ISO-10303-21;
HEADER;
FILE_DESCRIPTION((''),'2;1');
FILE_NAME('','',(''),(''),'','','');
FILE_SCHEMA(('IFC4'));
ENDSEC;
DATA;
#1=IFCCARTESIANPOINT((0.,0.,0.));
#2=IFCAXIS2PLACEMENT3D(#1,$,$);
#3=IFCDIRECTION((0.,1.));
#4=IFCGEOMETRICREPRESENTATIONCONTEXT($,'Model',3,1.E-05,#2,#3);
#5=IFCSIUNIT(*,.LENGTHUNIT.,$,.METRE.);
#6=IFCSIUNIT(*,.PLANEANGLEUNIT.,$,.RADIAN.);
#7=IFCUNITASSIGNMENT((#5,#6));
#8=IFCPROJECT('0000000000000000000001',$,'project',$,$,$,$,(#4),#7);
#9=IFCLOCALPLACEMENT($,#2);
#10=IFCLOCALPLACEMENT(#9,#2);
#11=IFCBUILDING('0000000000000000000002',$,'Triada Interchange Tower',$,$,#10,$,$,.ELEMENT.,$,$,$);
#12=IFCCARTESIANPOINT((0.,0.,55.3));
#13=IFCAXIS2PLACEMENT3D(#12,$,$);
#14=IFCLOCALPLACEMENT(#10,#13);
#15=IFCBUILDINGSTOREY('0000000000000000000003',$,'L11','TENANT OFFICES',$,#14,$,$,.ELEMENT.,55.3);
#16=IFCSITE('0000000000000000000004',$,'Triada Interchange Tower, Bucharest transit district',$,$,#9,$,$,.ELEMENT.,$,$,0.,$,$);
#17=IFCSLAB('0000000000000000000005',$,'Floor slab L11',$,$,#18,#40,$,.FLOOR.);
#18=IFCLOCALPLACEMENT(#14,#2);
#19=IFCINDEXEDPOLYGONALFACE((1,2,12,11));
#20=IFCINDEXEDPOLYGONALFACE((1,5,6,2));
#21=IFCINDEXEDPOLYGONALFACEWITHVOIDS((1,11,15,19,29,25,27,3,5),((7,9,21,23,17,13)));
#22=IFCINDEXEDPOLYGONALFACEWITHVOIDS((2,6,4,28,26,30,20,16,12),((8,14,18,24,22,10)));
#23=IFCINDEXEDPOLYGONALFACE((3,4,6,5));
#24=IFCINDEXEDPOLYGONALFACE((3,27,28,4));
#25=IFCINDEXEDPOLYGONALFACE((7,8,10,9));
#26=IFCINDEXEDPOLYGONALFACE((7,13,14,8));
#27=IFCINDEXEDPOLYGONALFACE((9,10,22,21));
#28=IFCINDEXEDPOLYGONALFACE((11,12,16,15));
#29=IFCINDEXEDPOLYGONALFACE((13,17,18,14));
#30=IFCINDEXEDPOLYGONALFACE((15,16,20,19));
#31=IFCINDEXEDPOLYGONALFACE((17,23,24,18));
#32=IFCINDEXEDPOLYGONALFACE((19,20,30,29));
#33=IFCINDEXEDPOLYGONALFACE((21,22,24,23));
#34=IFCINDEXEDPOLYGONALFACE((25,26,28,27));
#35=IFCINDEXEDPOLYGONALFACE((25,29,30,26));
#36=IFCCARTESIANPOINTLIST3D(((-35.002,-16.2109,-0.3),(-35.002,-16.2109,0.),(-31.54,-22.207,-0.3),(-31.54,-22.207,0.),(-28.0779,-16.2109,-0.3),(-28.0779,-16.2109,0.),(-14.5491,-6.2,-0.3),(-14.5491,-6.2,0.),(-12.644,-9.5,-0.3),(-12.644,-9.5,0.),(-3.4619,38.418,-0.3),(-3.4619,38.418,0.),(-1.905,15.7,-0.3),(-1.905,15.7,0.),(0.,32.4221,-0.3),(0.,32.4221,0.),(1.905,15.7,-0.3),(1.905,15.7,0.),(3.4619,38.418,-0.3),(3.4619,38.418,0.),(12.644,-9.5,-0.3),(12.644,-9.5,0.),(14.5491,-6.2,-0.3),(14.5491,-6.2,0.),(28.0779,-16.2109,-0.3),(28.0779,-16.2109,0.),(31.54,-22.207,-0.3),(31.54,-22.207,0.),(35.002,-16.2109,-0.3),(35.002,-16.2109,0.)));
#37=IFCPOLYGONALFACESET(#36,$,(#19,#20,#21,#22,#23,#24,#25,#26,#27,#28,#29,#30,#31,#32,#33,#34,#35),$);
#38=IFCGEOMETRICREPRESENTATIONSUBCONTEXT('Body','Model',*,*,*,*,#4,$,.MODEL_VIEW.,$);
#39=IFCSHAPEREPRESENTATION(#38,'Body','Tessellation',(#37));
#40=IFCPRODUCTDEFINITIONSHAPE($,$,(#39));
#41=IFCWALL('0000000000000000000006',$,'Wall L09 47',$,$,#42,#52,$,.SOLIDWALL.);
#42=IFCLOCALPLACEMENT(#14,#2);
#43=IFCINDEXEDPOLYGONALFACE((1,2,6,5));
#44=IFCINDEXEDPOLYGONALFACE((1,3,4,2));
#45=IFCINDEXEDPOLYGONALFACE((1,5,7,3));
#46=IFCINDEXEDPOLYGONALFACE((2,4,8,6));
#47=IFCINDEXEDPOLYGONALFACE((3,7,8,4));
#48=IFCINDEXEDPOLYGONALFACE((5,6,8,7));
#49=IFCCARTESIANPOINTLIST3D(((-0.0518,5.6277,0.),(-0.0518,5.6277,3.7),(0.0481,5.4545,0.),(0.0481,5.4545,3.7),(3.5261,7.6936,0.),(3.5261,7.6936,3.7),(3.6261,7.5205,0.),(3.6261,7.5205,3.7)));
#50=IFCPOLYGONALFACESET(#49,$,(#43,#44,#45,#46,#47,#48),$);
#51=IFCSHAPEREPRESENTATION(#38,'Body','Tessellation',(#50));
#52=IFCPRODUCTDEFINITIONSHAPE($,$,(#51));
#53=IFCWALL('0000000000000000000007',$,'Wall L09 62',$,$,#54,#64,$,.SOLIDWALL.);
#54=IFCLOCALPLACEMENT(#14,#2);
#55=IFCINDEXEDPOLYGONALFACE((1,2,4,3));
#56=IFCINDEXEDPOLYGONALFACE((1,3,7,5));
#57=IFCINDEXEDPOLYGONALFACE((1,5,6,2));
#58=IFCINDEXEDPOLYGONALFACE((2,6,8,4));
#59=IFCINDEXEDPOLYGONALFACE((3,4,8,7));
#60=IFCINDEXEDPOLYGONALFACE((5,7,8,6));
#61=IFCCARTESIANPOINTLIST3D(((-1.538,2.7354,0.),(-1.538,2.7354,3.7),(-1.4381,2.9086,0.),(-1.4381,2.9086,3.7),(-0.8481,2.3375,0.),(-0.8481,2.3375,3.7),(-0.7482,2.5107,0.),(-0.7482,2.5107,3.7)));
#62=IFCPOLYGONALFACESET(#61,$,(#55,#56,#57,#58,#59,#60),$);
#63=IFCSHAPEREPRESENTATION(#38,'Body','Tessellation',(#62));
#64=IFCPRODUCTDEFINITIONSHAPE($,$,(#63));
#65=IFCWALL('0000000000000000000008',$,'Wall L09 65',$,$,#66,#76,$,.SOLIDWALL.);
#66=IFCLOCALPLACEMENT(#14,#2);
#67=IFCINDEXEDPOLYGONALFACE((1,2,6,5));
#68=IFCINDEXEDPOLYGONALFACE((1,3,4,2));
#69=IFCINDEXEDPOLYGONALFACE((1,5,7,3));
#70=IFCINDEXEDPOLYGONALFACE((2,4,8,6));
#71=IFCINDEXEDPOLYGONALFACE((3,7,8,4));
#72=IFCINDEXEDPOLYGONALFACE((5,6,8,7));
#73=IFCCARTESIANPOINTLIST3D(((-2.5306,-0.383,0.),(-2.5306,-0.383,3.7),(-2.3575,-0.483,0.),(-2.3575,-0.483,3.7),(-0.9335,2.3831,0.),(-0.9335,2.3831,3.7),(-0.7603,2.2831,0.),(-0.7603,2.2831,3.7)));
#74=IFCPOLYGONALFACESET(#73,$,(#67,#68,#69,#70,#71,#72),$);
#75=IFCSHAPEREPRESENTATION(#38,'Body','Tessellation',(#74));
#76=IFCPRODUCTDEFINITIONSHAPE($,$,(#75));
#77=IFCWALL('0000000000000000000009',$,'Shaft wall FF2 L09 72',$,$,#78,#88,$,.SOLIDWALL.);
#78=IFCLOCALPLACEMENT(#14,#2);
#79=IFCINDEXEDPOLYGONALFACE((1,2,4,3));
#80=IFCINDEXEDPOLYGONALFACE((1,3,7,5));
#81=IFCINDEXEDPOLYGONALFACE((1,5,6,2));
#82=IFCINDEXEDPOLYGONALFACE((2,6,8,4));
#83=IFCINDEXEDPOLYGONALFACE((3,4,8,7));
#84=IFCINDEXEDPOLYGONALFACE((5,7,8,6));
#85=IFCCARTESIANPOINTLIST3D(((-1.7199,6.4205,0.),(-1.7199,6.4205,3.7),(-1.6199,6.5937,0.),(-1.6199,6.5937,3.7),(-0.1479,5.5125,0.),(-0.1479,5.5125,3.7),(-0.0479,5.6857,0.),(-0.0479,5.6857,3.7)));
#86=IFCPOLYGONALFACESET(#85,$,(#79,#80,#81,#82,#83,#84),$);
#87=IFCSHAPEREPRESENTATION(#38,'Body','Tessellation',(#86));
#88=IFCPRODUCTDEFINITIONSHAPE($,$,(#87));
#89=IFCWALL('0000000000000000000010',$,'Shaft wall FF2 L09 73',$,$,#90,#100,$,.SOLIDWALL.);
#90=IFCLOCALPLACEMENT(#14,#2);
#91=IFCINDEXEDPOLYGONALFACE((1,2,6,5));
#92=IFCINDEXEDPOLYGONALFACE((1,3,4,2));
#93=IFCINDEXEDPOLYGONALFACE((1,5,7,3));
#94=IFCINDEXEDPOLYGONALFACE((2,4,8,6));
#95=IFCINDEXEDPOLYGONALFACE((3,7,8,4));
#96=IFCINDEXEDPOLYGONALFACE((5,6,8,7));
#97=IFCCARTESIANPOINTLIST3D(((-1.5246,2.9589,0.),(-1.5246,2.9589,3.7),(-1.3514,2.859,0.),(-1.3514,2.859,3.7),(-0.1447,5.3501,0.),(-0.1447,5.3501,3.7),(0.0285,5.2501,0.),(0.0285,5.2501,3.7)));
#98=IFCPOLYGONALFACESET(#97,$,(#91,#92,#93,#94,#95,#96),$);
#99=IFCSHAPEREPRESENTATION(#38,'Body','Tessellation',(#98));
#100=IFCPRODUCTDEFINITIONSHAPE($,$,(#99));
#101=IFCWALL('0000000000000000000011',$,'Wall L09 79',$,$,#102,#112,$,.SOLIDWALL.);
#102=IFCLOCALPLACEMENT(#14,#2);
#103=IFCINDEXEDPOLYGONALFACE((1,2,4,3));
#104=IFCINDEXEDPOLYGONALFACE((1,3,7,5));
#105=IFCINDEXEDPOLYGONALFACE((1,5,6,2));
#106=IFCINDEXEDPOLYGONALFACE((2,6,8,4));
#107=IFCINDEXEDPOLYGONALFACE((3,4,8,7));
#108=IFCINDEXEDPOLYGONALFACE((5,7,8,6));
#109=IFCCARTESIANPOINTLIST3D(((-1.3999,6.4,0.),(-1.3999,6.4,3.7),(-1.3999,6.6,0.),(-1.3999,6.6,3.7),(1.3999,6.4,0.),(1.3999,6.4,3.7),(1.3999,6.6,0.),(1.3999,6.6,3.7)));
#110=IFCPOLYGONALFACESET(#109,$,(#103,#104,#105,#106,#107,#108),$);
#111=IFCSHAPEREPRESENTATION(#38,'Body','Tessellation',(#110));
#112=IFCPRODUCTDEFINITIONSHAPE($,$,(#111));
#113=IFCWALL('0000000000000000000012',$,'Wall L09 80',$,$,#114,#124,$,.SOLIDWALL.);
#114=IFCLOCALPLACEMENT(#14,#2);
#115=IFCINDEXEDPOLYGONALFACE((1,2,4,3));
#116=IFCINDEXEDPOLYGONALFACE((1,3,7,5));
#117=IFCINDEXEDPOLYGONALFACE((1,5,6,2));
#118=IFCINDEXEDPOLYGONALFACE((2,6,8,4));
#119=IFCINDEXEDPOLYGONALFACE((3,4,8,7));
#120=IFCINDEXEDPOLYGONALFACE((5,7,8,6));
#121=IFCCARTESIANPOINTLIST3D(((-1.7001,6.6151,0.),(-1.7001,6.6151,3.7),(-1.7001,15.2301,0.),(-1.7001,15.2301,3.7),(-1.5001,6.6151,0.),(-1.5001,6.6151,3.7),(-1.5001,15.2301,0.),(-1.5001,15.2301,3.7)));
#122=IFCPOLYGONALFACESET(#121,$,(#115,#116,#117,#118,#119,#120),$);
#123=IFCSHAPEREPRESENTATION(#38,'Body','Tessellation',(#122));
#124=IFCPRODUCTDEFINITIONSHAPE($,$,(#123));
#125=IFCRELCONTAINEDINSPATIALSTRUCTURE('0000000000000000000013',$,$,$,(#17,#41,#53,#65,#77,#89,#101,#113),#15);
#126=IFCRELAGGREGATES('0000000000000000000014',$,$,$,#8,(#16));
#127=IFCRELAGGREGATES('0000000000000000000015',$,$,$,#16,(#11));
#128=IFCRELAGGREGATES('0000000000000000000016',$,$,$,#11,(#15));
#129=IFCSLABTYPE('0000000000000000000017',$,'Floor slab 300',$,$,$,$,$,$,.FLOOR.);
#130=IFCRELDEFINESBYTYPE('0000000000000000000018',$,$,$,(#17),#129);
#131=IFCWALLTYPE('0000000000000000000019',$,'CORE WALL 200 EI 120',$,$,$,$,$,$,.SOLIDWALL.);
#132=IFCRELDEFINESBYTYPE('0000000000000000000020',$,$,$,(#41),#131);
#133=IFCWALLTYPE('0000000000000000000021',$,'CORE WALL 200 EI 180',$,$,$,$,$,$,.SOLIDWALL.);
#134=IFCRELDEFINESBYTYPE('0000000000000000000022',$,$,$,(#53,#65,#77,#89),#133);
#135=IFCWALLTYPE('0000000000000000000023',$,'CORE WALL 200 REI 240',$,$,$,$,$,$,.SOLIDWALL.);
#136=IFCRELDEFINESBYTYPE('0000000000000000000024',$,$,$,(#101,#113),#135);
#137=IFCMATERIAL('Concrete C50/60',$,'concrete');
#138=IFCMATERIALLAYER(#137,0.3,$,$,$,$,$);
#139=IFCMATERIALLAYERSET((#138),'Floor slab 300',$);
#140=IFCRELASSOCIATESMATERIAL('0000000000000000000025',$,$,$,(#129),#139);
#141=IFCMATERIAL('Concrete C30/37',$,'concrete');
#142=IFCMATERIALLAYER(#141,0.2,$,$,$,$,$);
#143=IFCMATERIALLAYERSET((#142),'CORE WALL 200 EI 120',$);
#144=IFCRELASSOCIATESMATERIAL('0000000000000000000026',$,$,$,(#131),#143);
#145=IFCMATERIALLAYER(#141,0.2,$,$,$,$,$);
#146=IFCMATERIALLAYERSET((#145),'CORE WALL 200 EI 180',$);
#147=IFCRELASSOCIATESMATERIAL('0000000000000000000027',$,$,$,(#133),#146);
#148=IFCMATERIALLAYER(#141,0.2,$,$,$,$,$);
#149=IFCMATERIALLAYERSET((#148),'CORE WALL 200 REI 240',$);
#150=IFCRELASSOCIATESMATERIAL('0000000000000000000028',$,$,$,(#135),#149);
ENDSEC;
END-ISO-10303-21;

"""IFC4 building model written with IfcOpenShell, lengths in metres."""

from ifc_helpers import new_model, si_unit, direction, frame, frame_2d, origin, place, context, subcontext, project, spatial, polyline, rectangle, outline, extrude, material, layer, layer_set, type_object, element, save


model = new_model("IFC4")

# Units and contexts
model_context = context("Model", 3, precision=1e-05, world=origin(), true_north=direction((0.0, 1.0)))
body_context = subcontext(model_context, "Body", "Model", "MODEL_VIEW")
ifc_project = project(units=[si_unit("LENGTHUNIT", "METRE"), si_unit("PLANEANGLEUNIT", "RADIAN")], contexts=[model_context])

# Site, building, storey
site_placement = place(None, origin())
site = spatial("IfcSite", under=ifc_project, at=site_placement, Name="Triada Interchange Tower, Bucharest transit district", CompositionType="ELEMENT", RefElevation=0.0)
building_placement = place(site_placement, origin())
building = spatial("IfcBuilding", under=site, at=building_placement, Name="Triada Interchange Tower", CompositionType="ELEMENT")
storey_placement = place(building_placement, frame((0.0, 0.0, 55.3)))
storey = spatial("IfcBuildingStorey", under=building, at=storey_placement, Name="L11", Description="TENANT OFFICES", CompositionType="ELEMENT", Elevation=55.3)

# Slab
ifc_material_1 = material(Name="Concrete C50/60", Category="concrete")
ifc_layer_1 = layer(ifc_material_1, 0.3)
ifc_layer_set_1 = layer_set([ifc_layer_1], Name="Floor slab 300")
slab_type = type_object("IfcSlabType", Name="Floor slab 300", PredefinedType="FLOOR", material=ifc_layer_set_1)
slab_placement = place(storey_placement, frame((0.0, 0.0, -0.3)))
element("IfcSlab", 1, at=slab_placement, inside=storey, type_object=slab_type, Name="Floor slab L11", PredefinedType="FLOOR", context=body_context, shape_type="SweptSolid", body=[
    extrude(outline(polyline([(-3.4619, 38.418), (-35.002, -16.2109), (-28.0779, -16.2109), (-31.54, -22.207), (31.54, -22.207), (28.0779, -16.2109), (35.002, -16.2109), (3.4619, 38.418), (0.0, 32.4221), (-3.4619, 38.418)]), holes=[polyline([(1.905, 15.7), (-1.905, 15.7), (-14.5491, -6.2), (-12.644, -9.5), (12.644, -9.5), (14.5491, -6.2), (1.905, 15.7)])]), origin(), (0.0, 0.0, 1.0), 0.3),
])

# Walls
ifc_material_2 = material(Name="Concrete C30/37", Category="concrete")
ifc_layer_2 = layer(ifc_material_2, 0.2)
ifc_layer_set_2 = layer_set([ifc_layer_2], Name="CORE WALL 200 EI 120")
wall_type_1 = type_object("IfcWallType", Name="CORE WALL 200 EI 120", PredefinedType="SOLIDWALL", material=ifc_layer_set_2)
wall_1_placement = place(storey_placement, frame((-0.002, 5.541, 0.0), z_axis=(0.0, 0.0, 1.0), x_axis=(0.866002, 0.500041, 0.0)))
element("IfcWall", 2, at=wall_1_placement, inside=storey, type_object=wall_type_1, Name="Wall L09 47", PredefinedType="SOLIDWALL", context=body_context, shape_type="SweptSolid", body=[
    extrude(rectangle(XDim=4.1316, YDim=0.2, at=frame_2d((2.0659, 0.0))), origin(), (0.0, 0.0, 1.0), 3.7),
])
ifc_layer_3 = layer(ifc_material_2, 0.2)
ifc_layer_set_3 = layer_set([ifc_layer_3], Name="CORE WALL 200 EI 180")
wall_type_2 = type_object("IfcWallType", Name="CORE WALL 200 EI 180", PredefinedType="SOLIDWALL", material=ifc_layer_set_3)
wall_2_placement = place(storey_placement, frame((-1.488, 2.822, 0.0), z_axis=(0.0, 0.0, 1.0), x_axis=(0.866237, -0.499634, 0.0)))
element("IfcWall", 3, at=wall_2_placement, inside=storey, type_object=wall_type_2, Name="Wall L09 62", PredefinedType="SOLIDWALL", context=body_context, shape_type="SweptSolid", body=[
    extrude(rectangle(XDim=0.7964, YDim=0.2, at=frame_2d((0.3982, 0.0))), origin(), (0.0, 0.0, 1.0), 3.7),
])
wall_3_placement = place(storey_placement, frame((-2.4441, -0.4331, 0.0), z_axis=(0.0, 0.0, 1.0), x_axis=(0.500036, 0.866005, 0.0)))
element("IfcWall", 4, at=wall_3_placement, inside=storey, type_object=wall_type_2, Name="Wall L09 65", PredefinedType="SOLIDWALL", context=body_context, shape_type="SweptSolid", body=[
    extrude(rectangle(XDim=3.1941, YDim=0.2, at=frame_2d((1.5972, 0.0))), origin(), (0.0, 0.0, 1.0), 3.7),
])
wall_4_placement = place(storey_placement, frame((-1.6699, 6.5071, 0.0), z_axis=(0.0, 0.0, 1.0), x_axis=(0.865941, -0.500145, 0.0)))
element("IfcWall", 5, at=wall_4_placement, inside=storey, type_object=wall_type_2, Name="Shaft wall FF2 L09 72", PredefinedType="SOLIDWALL", context=body_context, shape_type="SweptSolid", body=[
    extrude(rectangle(XDim=1.8154, YDim=0.2, at=frame_2d((0.9077, 0.0))), origin(), (0.0, 0.0, 1.0), 3.7),
])
wall_5_placement = place(storey_placement, frame((-1.438, 2.9089, 0.0), z_axis=(0.0, 0.0, 1.0), x_axis=(0.49983, 0.866124, 0.0)))
element("IfcWall", 6, at=wall_5_placement, inside=storey, type_object=wall_type_2, Name="Shaft wall FF2 L09 73", PredefinedType="SOLIDWALL", context=body_context, shape_type="SweptSolid", body=[
    extrude(rectangle(XDim=2.7607, YDim=0.2, at=frame_2d((1.3804, 0.0))), origin(), (0.0, 0.0, 1.0), 3.7),
])
ifc_layer_4 = layer(ifc_material_2, 0.2)
ifc_layer_set_4 = layer_set([ifc_layer_4], Name="CORE WALL 200 REI 240")
wall_type_3 = type_object("IfcWallType", Name="CORE WALL 200 REI 240", PredefinedType="SOLIDWALL", material=ifc_layer_set_4)
wall_6_placement = place(storey_placement, frame((-1.3999, 6.5, 0.0), z_axis=(0.0, 0.0, 1.0), x_axis=(1.0, 0.0, 0.0)))
element("IfcWall", 7, at=wall_6_placement, inside=storey, type_object=wall_type_3, Name="Wall L09 79", PredefinedType="SOLIDWALL", context=body_context, shape_type="SweptSolid", body=[
    extrude(rectangle(XDim=2.7998, YDim=0.2, at=frame_2d((1.3999, 0.0))), origin(), (0.0, 0.0, 1.0), 3.7),
])
wall_7_placement = place(storey_placement, frame((-1.6001, 6.615, 0.0), z_axis=(0.0, 0.0, 1.0), x_axis=(0.0, 1.0, 0.0)))
element("IfcWall", 8, at=wall_7_placement, inside=storey, type_object=wall_type_3, Name="Wall L09 80", PredefinedType="SOLIDWALL", context=body_context, shape_type="SweptSolid", body=[
    extrude(rectangle(XDim=8.615, YDim=0.2, at=frame_2d((4.3076, 0.0))), origin(), (0.0, 0.0, 1.0), 3.7),
])

save(model, "model.ifc")
